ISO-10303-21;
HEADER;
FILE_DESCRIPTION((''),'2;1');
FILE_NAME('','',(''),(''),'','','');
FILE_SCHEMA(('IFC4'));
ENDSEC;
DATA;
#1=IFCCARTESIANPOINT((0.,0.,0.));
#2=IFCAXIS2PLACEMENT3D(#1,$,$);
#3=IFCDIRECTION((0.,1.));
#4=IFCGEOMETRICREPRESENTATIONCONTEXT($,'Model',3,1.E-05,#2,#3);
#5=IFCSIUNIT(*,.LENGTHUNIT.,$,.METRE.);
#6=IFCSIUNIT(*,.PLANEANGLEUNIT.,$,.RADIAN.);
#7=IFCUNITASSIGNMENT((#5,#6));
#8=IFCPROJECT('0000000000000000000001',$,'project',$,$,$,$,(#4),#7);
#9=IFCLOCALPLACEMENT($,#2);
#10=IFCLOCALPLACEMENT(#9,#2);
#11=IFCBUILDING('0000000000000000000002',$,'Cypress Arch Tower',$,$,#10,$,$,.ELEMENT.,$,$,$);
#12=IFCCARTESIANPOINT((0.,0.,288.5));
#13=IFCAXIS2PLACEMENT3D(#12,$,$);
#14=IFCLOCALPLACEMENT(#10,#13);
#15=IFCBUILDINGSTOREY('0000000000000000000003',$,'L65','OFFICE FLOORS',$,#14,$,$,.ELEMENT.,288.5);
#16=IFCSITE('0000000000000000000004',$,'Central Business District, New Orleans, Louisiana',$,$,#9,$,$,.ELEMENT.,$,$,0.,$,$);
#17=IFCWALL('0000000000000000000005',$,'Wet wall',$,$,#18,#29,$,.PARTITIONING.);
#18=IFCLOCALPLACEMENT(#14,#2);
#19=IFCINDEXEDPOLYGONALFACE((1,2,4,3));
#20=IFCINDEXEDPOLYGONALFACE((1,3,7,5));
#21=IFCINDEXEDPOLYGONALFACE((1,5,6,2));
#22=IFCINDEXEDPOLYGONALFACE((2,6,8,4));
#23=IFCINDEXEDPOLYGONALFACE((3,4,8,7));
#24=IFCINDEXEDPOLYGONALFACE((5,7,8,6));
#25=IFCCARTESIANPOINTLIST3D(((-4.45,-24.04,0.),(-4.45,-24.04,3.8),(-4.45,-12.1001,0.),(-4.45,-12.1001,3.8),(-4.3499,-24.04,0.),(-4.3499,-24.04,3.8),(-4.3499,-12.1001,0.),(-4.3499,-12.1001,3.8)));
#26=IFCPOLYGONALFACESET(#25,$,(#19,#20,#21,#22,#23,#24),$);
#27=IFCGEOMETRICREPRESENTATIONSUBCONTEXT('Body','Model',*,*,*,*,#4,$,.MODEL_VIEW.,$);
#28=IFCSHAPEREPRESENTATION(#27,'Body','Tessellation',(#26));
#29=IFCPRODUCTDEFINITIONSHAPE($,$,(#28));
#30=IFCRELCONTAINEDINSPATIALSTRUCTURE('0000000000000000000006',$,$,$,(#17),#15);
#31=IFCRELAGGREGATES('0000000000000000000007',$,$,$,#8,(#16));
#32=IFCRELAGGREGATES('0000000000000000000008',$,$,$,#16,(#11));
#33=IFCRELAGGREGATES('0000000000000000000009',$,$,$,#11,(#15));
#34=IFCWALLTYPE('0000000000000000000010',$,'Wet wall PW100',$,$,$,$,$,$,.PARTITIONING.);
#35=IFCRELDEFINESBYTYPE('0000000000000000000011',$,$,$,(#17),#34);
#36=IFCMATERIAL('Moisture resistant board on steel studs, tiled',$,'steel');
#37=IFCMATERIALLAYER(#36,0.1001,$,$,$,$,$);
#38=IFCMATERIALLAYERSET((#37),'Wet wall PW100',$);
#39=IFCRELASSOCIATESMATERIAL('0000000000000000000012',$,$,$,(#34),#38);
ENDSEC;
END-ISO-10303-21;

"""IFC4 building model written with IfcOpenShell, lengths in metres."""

from ifc_helpers import new_model, si_unit, direction, frame, frame_2d, origin, place, context, subcontext, project, spatial, rectangle, extrude, material, layer, layer_set, type_object, element, save


model = new_model("IFC4")

# Units and contexts
model_context = context("Model", 3, precision=1e-05, world=origin(), true_north=direction((0.0, 1.0)))
body_context = subcontext(model_context, "Body", "Model", "MODEL_VIEW")
ifc_project = project(units=[si_unit("LENGTHUNIT", "METRE"), si_unit("PLANEANGLEUNIT", "RADIAN")], contexts=[model_context])

# Site, building, storey
site_placement = place(None, origin())
site = spatial("IfcSite", under=ifc_project, at=site_placement, Name="Central Business District, New Orleans, Louisiana", CompositionType="ELEMENT", RefElevation=0.0)
building_placement = place(site_placement, origin())
building = spatial("IfcBuilding", under=site, at=building_placement, Name="Cypress Arch Tower", CompositionType="ELEMENT")
storey_placement = place(building_placement, frame((0.0, 0.0, 288.5)))
storey = spatial("IfcBuildingStorey", under=building, at=storey_placement, Name="L65", Description="OFFICE FLOORS", CompositionType="ELEMENT", Elevation=288.5)

# Wall
ifc_material_1 = material(Name="Moisture resistant board on steel studs, tiled", Category="steel")
ifc_layer_1 = layer(ifc_material_1, 0.1001)
ifc_layer_set_1 = layer_set([ifc_layer_1], Name="Wet wall PW100")
wall_type_1 = type_object("IfcWallType", Name="Wet wall PW100", PredefinedType="PARTITIONING", material=ifc_layer_set_1)
for number, where, z_axis, x_axis, name in (
    (1, (-4.3999, -24.04, 0.0), (0.0, 0.0, 1.0), (0.0, 1.0, 0.0), "Wet wall"),
):
    element("IfcWall", number, at=place(storey_placement, frame(where, z_axis=z_axis, x_axis=x_axis)), inside=storey, type_object=wall_type_1, Name=name, PredefinedType="PARTITIONING", context=body_context, shape_type="SweptSolid", body=[
        extrude(rectangle(XDim=11.9399, YDim=0.1001, at=frame_2d((5.97, 0.0))), origin(), (0.0, 0.0, 1.0), 3.8),
    ])

save(model, "model.ifc")
